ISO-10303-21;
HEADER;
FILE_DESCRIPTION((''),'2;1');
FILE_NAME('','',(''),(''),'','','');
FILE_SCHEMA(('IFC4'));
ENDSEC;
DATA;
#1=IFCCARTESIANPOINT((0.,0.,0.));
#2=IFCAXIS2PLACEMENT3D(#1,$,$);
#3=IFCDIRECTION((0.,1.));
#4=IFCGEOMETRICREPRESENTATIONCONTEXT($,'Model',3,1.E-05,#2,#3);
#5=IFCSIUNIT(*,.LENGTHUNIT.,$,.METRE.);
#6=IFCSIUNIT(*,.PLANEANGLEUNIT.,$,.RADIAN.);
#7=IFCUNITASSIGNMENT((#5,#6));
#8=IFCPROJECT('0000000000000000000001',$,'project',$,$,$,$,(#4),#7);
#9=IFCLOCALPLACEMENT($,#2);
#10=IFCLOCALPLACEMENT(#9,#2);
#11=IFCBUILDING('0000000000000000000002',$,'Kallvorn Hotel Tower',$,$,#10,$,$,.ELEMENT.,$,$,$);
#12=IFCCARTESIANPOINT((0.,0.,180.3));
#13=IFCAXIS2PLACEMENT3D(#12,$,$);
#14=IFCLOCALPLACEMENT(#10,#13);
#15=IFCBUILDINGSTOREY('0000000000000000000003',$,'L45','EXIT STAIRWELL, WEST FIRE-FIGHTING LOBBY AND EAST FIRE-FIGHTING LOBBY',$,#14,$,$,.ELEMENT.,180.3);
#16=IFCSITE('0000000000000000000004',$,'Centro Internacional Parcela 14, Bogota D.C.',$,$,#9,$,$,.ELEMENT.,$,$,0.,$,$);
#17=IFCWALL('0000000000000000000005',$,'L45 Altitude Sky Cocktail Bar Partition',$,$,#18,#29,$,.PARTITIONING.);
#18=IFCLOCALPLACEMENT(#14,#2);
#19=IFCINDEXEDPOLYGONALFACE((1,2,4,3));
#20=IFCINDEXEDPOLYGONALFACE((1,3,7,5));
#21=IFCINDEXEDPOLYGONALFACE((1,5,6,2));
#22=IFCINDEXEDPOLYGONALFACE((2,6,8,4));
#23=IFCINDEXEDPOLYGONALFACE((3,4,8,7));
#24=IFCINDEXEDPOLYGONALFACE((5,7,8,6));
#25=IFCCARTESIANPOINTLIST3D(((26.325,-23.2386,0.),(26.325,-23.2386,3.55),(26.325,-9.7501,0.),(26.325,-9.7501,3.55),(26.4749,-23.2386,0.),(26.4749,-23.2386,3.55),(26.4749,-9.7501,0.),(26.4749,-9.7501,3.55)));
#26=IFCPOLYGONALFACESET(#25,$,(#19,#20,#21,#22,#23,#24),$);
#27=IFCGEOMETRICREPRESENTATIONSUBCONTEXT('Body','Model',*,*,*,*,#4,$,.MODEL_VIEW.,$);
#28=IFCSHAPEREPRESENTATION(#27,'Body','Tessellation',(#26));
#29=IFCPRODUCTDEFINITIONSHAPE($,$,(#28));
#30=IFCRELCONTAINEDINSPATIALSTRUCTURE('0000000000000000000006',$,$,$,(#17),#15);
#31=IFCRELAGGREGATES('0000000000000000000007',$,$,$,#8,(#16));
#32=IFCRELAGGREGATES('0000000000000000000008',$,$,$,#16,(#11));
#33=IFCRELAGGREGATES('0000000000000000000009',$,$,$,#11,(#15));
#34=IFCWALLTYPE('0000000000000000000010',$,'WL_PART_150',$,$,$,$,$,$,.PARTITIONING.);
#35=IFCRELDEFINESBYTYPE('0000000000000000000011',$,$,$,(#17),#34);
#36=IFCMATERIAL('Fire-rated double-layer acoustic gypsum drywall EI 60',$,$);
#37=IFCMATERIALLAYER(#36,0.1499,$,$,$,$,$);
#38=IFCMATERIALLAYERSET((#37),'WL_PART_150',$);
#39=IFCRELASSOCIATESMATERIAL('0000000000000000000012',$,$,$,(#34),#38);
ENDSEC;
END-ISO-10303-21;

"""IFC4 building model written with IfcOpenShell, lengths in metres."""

from ifc_helpers import new_model, si_unit, direction, frame, frame_2d, origin, place, context, subcontext, project, spatial, rectangle, extrude, material, layer, layer_set, type_object, element, save


model = new_model("IFC4")

# Units and contexts
model_context = context("Model", 3, precision=1e-05, world=origin(), true_north=direction((0.0, 1.0)))
body_context = subcontext(model_context, "Body", "Model", "MODEL_VIEW")
ifc_project = project(units=[si_unit("LENGTHUNIT", "METRE"), si_unit("PLANEANGLEUNIT", "RADIAN")], contexts=[model_context])

# Site, building, storey
site_placement = place(None, origin())
site = spatial("IfcSite", under=ifc_project, at=site_placement, Name="Centro Internacional Parcela 14, Bogota D.C.", CompositionType="ELEMENT", RefElevation=0.0)
building_placement = place(site_placement, origin())
building = spatial("IfcBuilding", under=site, at=building_placement, Name="Kallvorn Hotel Tower", CompositionType="ELEMENT")
storey_placement = place(building_placement, frame((0.0, 0.0, 180.3)))
storey = spatial("IfcBuildingStorey", under=building, at=storey_placement, Name="L45", Description="EXIT STAIRWELL, WEST FIRE-FIGHTING LOBBY AND EAST FIRE-FIGHTING LOBBY", CompositionType="ELEMENT", Elevation=180.3)

# Wall
ifc_material_1 = material(Name="Fire-rated double-layer acoustic gypsum drywall EI 60")
ifc_layer_1 = layer(ifc_material_1, 0.1499)
ifc_layer_set_1 = layer_set([ifc_layer_1], Name="WL_PART_150")
wall_type_1 = type_object("IfcWallType", Name="WL_PART_150", PredefinedType="PARTITIONING", material=ifc_layer_set_1)
wall_1_placement = place(storey_placement, frame((26.3999, -23.2385, 0.0), z_axis=(0.0, 0.0, 1.0), x_axis=(0.0, 1.0, 0.0)))
element("IfcWall", 1, at=wall_1_placement, inside=storey, type_object=wall_type_1, Name="L45 Altitude Sky Cocktail Bar Partition", PredefinedType="PARTITIONING", context=body_context, shape_type="SweptSolid", body=[
    extrude(rectangle(XDim=13.4885, YDim=0.1499, at=frame_2d((6.7441, 0.0))), origin(), (0.0, 0.0, 1.0), 3.55),
])

save(model, "model.ifc")
